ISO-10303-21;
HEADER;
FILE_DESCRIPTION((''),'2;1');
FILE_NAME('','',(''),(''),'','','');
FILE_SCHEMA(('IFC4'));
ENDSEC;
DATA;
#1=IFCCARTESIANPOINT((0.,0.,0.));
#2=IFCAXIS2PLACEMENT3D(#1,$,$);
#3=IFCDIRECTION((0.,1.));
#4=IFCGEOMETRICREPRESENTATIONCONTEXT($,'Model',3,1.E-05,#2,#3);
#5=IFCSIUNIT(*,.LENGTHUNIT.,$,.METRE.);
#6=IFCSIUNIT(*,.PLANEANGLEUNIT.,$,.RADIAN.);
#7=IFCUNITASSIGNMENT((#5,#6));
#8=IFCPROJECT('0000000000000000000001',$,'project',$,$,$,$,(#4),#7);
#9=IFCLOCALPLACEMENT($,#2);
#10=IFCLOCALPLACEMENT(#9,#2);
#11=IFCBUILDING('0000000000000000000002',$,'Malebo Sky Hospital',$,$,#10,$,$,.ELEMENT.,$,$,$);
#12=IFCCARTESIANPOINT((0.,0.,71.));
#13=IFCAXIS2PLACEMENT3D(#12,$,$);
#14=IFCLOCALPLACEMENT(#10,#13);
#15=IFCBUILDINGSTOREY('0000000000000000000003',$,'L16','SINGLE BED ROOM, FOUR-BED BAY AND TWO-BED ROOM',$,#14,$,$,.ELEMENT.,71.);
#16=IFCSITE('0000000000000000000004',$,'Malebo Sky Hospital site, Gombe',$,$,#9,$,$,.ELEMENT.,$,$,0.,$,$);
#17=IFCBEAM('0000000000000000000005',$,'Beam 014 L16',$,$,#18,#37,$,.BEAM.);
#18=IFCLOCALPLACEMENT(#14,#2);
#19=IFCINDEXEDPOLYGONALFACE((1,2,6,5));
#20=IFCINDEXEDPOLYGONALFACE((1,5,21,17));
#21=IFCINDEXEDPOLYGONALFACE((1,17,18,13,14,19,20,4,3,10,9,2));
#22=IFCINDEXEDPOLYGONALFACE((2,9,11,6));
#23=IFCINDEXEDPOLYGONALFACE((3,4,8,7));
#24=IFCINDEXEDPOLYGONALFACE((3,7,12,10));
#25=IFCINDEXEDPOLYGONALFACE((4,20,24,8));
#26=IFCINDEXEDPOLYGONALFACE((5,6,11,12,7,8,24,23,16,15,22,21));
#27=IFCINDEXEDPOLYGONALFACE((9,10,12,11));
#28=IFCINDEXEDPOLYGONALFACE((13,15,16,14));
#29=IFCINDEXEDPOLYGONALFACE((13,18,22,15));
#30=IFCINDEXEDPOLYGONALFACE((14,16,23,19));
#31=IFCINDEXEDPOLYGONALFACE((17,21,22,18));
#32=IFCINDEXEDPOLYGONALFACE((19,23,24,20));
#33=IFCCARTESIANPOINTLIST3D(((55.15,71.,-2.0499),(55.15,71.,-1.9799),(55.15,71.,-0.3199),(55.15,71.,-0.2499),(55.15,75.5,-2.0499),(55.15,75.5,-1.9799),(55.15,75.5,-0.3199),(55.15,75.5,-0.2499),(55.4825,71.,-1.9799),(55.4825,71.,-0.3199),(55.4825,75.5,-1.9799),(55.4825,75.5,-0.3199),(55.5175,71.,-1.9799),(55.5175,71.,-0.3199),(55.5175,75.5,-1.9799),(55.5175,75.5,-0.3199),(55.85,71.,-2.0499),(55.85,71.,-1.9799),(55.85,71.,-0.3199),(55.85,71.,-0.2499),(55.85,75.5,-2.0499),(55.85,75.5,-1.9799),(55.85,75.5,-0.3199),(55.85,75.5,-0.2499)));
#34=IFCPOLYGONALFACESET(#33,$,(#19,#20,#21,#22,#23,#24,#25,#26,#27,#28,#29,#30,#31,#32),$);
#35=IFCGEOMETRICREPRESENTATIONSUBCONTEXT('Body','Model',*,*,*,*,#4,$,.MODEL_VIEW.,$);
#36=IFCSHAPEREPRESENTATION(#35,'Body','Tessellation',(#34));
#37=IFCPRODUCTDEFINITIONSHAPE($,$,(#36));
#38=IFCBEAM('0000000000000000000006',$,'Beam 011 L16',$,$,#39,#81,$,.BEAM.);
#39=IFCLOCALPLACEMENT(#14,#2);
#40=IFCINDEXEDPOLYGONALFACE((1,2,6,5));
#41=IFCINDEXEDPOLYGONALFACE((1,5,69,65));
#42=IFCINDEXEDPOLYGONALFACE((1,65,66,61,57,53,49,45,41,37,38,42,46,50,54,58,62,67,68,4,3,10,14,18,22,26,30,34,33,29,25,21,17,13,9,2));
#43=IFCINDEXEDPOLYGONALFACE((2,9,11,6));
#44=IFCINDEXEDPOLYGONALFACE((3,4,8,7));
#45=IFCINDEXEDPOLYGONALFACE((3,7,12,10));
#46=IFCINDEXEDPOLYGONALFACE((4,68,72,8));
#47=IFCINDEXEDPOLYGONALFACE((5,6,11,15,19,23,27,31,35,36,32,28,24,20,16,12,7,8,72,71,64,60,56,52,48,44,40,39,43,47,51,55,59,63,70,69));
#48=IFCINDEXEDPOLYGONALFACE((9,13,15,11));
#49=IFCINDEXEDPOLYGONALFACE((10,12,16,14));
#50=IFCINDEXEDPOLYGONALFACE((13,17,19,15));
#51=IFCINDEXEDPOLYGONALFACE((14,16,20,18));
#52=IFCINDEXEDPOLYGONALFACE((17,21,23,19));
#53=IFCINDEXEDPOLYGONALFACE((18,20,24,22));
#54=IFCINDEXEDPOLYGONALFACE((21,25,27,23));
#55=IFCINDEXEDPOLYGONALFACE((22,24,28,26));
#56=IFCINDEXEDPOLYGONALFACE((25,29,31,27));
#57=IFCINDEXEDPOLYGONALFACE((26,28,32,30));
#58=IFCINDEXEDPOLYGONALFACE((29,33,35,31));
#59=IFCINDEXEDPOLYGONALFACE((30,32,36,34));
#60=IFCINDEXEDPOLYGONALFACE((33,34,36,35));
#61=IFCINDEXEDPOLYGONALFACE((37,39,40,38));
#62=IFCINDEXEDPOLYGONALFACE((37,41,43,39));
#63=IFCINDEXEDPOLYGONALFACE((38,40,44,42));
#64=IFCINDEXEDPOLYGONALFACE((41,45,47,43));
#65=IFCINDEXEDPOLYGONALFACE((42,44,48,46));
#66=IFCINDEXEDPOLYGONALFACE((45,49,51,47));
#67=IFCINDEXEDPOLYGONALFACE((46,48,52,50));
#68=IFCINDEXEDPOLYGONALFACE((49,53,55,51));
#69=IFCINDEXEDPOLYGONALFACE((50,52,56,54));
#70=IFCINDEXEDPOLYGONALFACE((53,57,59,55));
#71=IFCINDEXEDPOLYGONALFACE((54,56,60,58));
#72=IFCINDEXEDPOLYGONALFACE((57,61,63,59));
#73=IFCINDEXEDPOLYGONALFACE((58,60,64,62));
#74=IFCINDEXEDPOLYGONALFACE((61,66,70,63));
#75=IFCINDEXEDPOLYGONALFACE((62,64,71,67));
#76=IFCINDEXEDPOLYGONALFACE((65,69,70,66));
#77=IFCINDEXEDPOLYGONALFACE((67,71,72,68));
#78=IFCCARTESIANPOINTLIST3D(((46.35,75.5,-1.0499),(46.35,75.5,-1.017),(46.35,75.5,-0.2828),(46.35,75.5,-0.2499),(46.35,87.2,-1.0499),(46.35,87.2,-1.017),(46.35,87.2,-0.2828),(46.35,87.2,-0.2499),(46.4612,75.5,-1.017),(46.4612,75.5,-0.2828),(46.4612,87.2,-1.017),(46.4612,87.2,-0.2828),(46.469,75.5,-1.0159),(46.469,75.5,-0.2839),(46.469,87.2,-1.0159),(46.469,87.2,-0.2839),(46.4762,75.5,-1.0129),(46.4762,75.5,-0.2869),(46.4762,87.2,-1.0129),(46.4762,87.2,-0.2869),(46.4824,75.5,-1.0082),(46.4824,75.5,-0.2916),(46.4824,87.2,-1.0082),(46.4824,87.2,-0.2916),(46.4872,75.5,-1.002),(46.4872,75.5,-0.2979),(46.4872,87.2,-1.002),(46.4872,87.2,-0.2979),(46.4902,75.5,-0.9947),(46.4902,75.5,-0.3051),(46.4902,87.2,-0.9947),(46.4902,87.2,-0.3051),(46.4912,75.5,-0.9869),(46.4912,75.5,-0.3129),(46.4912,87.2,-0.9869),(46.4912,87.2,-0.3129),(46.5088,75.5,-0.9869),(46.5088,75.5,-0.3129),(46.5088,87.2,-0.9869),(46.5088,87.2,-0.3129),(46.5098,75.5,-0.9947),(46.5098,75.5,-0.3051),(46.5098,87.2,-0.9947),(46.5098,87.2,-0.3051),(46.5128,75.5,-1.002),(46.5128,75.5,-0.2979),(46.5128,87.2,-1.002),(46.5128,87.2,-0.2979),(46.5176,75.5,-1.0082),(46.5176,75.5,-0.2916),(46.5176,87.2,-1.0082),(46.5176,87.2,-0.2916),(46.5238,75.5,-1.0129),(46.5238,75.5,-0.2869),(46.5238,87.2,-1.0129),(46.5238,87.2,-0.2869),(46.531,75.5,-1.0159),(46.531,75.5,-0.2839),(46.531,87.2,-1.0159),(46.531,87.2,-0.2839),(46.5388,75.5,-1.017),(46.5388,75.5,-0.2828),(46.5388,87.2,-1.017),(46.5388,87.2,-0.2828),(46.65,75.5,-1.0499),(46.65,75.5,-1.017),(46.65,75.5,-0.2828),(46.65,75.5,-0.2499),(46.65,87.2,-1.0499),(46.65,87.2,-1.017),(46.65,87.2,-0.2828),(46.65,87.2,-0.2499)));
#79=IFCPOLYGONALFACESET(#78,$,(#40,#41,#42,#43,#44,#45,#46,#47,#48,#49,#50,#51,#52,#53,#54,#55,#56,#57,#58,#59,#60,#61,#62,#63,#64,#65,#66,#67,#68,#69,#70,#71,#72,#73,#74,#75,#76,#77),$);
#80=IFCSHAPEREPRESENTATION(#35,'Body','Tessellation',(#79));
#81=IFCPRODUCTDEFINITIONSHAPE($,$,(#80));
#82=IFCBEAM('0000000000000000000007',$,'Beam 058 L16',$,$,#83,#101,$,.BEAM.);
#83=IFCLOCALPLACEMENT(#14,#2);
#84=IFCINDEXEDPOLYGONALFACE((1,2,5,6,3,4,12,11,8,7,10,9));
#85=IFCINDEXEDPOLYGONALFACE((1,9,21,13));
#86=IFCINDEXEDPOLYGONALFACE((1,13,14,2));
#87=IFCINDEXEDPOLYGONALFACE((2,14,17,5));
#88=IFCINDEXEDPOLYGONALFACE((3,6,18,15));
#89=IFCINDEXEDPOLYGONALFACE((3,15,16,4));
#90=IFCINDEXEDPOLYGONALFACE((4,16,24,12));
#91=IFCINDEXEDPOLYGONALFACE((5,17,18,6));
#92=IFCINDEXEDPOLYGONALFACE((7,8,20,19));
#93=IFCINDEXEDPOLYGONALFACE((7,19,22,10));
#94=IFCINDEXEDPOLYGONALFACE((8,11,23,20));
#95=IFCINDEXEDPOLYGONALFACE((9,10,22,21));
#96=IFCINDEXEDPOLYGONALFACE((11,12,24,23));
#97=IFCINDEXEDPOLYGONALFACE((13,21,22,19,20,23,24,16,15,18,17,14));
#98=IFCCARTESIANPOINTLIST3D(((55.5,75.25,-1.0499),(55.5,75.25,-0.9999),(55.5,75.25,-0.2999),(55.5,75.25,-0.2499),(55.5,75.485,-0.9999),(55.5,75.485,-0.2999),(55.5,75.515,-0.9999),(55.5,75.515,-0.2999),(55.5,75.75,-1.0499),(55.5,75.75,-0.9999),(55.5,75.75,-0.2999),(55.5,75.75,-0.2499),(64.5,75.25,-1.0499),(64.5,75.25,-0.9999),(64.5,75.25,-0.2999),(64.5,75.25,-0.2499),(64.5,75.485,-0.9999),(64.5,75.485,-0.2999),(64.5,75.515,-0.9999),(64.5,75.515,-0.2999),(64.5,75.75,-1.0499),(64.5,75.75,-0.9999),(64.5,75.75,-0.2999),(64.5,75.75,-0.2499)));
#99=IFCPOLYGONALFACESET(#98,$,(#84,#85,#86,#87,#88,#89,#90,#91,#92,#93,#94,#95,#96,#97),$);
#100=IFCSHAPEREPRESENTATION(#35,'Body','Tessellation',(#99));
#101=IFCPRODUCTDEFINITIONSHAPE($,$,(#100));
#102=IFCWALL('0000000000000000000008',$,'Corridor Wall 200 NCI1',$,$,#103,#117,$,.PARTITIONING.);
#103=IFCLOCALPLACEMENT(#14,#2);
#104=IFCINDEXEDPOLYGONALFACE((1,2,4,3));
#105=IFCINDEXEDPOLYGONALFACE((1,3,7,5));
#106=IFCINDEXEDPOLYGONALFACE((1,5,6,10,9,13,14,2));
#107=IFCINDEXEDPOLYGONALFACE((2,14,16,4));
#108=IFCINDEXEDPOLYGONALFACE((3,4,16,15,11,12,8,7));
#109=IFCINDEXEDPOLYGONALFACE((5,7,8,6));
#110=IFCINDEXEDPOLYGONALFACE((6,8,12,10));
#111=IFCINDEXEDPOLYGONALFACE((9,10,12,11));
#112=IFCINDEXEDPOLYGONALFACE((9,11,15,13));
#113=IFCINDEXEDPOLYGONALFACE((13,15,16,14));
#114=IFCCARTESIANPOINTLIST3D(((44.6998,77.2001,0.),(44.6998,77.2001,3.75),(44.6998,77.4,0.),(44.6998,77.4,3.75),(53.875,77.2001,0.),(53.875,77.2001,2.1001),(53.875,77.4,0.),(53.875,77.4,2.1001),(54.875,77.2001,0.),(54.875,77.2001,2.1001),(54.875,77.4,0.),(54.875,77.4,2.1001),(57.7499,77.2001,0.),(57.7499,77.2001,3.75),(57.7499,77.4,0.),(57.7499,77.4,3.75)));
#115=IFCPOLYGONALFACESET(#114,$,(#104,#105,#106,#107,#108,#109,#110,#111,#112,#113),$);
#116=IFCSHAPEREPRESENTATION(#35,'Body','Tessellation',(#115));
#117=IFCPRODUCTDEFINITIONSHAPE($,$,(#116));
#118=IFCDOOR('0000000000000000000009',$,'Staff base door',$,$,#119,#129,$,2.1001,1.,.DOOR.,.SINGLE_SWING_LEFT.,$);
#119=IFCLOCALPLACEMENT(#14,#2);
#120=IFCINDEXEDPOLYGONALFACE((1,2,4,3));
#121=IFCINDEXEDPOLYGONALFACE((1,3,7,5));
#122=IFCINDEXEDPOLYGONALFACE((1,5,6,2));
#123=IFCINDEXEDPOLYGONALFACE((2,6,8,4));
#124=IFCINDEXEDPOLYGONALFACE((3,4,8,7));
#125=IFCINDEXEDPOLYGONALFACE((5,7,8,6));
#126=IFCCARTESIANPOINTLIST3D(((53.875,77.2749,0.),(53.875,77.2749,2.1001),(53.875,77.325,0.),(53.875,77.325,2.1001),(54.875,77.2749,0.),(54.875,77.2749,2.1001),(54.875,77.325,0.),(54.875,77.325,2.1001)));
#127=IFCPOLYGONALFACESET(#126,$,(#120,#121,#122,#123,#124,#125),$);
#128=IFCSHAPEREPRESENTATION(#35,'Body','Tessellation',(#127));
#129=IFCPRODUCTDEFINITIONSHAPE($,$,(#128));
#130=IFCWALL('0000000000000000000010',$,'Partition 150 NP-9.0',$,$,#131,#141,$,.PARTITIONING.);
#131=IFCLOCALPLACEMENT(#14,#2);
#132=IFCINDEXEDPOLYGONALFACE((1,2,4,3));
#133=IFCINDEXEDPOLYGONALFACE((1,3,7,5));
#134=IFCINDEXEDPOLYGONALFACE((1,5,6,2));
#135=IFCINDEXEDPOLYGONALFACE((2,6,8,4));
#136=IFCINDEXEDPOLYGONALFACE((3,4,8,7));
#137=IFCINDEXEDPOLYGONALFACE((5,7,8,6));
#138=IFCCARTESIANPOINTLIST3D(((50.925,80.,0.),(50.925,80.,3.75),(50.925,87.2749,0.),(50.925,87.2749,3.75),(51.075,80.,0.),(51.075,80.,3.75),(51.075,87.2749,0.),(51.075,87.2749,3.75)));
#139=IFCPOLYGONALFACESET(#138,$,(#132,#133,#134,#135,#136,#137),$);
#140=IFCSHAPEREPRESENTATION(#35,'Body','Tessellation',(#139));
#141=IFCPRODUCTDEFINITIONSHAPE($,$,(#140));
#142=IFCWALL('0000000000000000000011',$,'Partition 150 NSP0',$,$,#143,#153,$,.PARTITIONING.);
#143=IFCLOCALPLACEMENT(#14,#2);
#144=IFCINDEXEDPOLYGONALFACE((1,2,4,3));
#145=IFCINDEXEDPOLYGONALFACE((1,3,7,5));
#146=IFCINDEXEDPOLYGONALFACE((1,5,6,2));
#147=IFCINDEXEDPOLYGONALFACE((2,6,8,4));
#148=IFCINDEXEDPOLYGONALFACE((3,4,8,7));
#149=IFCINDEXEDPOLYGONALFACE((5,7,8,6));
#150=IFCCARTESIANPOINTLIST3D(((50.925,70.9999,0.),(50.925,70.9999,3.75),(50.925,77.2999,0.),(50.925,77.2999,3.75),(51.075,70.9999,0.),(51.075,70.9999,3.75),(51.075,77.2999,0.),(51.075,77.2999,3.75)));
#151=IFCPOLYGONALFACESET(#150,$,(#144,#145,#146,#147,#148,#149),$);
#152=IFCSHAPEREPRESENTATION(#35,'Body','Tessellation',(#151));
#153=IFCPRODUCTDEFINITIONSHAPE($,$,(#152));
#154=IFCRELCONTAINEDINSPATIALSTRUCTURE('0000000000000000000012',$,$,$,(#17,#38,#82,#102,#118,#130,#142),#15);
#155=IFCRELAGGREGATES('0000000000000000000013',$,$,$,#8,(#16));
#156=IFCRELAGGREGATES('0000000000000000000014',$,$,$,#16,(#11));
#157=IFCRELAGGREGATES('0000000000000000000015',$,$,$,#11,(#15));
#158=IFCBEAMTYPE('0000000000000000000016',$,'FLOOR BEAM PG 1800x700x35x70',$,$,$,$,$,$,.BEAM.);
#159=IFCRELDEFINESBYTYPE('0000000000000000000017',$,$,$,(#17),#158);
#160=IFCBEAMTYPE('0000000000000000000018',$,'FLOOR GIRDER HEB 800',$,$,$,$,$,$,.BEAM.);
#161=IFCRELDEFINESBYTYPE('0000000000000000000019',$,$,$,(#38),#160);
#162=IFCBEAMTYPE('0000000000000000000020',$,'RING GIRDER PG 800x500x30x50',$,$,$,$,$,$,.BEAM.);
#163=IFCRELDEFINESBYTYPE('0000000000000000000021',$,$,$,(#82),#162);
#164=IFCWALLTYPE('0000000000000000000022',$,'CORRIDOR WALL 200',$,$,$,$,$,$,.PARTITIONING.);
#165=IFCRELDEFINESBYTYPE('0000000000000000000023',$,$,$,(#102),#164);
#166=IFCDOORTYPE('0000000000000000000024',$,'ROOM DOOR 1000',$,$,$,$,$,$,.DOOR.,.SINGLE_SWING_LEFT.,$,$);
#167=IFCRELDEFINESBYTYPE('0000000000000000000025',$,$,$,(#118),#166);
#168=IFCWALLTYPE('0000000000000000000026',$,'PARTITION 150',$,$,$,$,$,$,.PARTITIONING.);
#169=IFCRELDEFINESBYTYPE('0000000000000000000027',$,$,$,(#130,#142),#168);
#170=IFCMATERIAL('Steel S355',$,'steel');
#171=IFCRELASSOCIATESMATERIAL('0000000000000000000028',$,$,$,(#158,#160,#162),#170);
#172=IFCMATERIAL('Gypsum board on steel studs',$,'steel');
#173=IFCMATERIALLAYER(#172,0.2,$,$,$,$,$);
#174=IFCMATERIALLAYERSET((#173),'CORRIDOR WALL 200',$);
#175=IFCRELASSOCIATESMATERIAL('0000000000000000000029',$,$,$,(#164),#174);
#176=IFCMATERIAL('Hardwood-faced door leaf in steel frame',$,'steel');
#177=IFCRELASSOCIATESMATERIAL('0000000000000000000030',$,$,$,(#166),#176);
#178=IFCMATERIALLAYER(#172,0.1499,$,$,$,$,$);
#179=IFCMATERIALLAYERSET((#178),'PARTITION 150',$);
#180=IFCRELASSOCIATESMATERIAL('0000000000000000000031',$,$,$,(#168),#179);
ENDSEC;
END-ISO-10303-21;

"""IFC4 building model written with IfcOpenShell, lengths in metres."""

from ifc_helpers import new_model, si_unit, direction, frame, frame_2d, origin, origin_2d, place, context, subcontext, project, spatial, rectangle, i_section, extrude, material, layer, layer_set, material_profile, profile_set, type_object, element, fill, save


model = new_model("IFC4")

# Units and contexts
model_context = context("Model", 3, precision=1e-05, world=origin(), true_north=direction((0.0, 1.0)))
body_context = subcontext(model_context, "Body", "Model", "MODEL_VIEW")
ifc_project = project(units=[si_unit("LENGTHUNIT", "METRE"), si_unit("PLANEANGLEUNIT", "RADIAN")], contexts=[model_context])

# Site, building, storey
site_placement = place(None, origin())
site = spatial("IfcSite", under=ifc_project, at=site_placement, Name="Malebo Sky Hospital site, Gombe", CompositionType="ELEMENT", RefElevation=0.0)
building_placement = place(site_placement, origin())
building = spatial("IfcBuilding", under=site, at=building_placement, Name="Malebo Sky Hospital", CompositionType="ELEMENT")
storey_placement = place(building_placement, frame((0.0, 0.0, 71.0)))
storey = spatial("IfcBuildingStorey", under=building, at=storey_placement, Name="L16", Description="SINGLE BED ROOM, FOUR-BED BAY AND TWO-BED ROOM", CompositionType="ELEMENT", Elevation=71.0)

# Beams
ifc_material_1 = material(Name="Steel S355", Category="steel")
ifc_material_profile_1 = material_profile(ifc_material_1, i_section(OverallWidth=0.7, OverallDepth=1.8, WebThickness=0.0349, FlangeThickness=0.0701, at=origin_2d()), Name="PG 1800x700x35x70")
ifc_profile_set_1 = profile_set([ifc_material_profile_1], Name="Steel S355")
beam_type_1 = type_object("IfcBeamType", Name="FLOOR BEAM PG 1800x700x35x70", PredefinedType="BEAM", material=ifc_profile_set_1)
beam_1_placement = place(storey_placement, frame((55.5, 71.0, -1.1499), z_axis=(0.0, 1.0, 0.0), x_axis=(-1.0, 0.0, 0.0)))
element("IfcBeam", 1, at=beam_1_placement, inside=storey, type_object=beam_type_1, Name="Beam 014 L16", PredefinedType="BEAM", context=body_context, shape_type="SweptSolid", body=[
    extrude(i_section(OverallWidth=0.7, OverallDepth=1.8, WebThickness=0.0349, FlangeThickness=0.0701, at=origin_2d()), origin(), (0.0, 0.0, 1.0), 4.5),
])
ifc_material_profile_2 = material_profile(ifc_material_1, i_section(OverallWidth=0.3, OverallDepth=0.8, WebThickness=0.0176, FlangeThickness=0.033, FilletRadius=0.03, at=origin_2d()), Name="HEB 800")
ifc_profile_set_2 = profile_set([ifc_material_profile_2], Name="Steel S355")
beam_type_2 = type_object("IfcBeamType", Name="FLOOR GIRDER HEB 800", PredefinedType="BEAM", material=ifc_profile_set_2)
beam_2_placement = place(storey_placement, frame((46.5, 75.5, -0.6499), z_axis=(0.0, 1.0, 0.0), x_axis=(-1.0, 0.0, 0.0)))
element("IfcBeam", 2, at=beam_2_placement, inside=storey, type_object=beam_type_2, Name="Beam 011 L16", PredefinedType="BEAM", context=body_context, shape_type="SweptSolid", body=[
    extrude(i_section(OverallWidth=0.3, OverallDepth=0.8, WebThickness=0.0176, FlangeThickness=0.033, FilletRadius=0.03, at=origin_2d()), origin(), (0.0, 0.0, 1.0), 11.7),
])
ifc_material_profile_3 = material_profile(ifc_material_1, i_section(OverallWidth=0.5, OverallDepth=0.8, WebThickness=0.03, FlangeThickness=0.05, at=origin_2d()), Name="PG 800x500x30x50")
ifc_profile_set_3 = profile_set([ifc_material_profile_3], Name="Steel S355")
beam_type_3 = type_object("IfcBeamType", Name="RING GIRDER PG 800x500x30x50", PredefinedType="BEAM", material=ifc_profile_set_3)
beam_3_placement = place(storey_placement, frame((55.5, 75.5, -0.6499), z_axis=(1.0, 0.0, 0.0), x_axis=(0.0, 1.0, 0.0)))
element("IfcBeam", 3, at=beam_3_placement, inside=storey, type_object=beam_type_3, Name="Beam 058 L16", PredefinedType="BEAM", context=body_context, shape_type="SweptSolid", body=[
    extrude(i_section(OverallWidth=0.5, OverallDepth=0.8, WebThickness=0.03, FlangeThickness=0.05, at=origin_2d()), origin(), (0.0, 0.0, 1.0), 9.0),
])

# Wall, opening, door
ifc_material_2 = material(Name="Gypsum board on steel studs", Category="steel")
ifc_layer_1 = layer(ifc_material_2, 0.2)
ifc_layer_set_1 = layer_set([ifc_layer_1], Name="CORRIDOR WALL 200")
wall_type_1 = type_object("IfcWallType", Name="CORRIDOR WALL 200", PredefinedType="PARTITIONING", material=ifc_layer_set_1)
wall_1_placement = place(storey_placement, frame((44.7, 77.3, 0.0), z_axis=(0.0, 0.0, 1.0), x_axis=(1.0, 0.0, 0.0)))
wall_1 = element("IfcWall", 4, at=wall_1_placement, inside=storey, type_object=wall_type_1, Name="Corridor Wall 200 NCI1", PredefinedType="PARTITIONING", context=body_context, shape_type="SweptSolid", body=[
    extrude(rectangle(XDim=13.05, YDim=0.2, at=frame_2d((6.5249, 0.0))), origin(), (0.0, 0.0, 1.0), 3.75),
])
opening_1_placement = place(wall_1_placement, frame((9.175, 0.0, 0.0)))
opening_1 = element("IfcOpeningElement", 5, at=opening_1_placement, cuts=wall_1, PredefinedType="OPENING", context=body_context, shape_type="SweptSolid", body=[
    extrude(rectangle(XDim=1.0, YDim=2.1001, at=frame_2d((0.5, 1.05))), frame((0.0, 0.1099, 0.0), z_axis=(0.0, -1.0, 0.0), x_axis=(1.0, 0.0, 0.0)), (0.0, 0.0, 1.0), 0.22),
])
ifc_material_3 = material(Name="Hardwood-faced door leaf in steel frame", Category="steel")
door_type_1 = type_object("IfcDoorType", Name="ROOM DOOR 1000", OperationType="SINGLE_SWING_LEFT", PredefinedType="DOOR", material=ifc_material_3)
door_1_placement = place(opening_1_placement, origin())
door_1 = element("IfcDoor", 6, at=door_1_placement, inside=storey, type_object=door_type_1, Name="Staff base door", OperationType="SINGLE_SWING_LEFT", OverallHeight=2.1001, OverallWidth=1.0, PredefinedType="DOOR", context=body_context, shape_type="SweptSolid", body=[
    extrude(rectangle(XDim=1.0, YDim=2.1001, at=frame_2d((0.5, 1.05))), frame((0.0, 0.0249, 0.0), z_axis=(0.0, -1.0, 0.0), x_axis=(1.0, 0.0, 0.0)), (0.0, 0.0, 1.0), 0.05),
])
fill(opening_1, door_1)

# Walls
ifc_layer_2 = layer(ifc_material_2, 0.1499)
ifc_layer_set_2 = layer_set([ifc_layer_2], Name="PARTITION 150")
wall_type_2 = type_object("IfcWallType", Name="PARTITION 150", PredefinedType="PARTITIONING", material=ifc_layer_set_2)
wall_2_placement = place(storey_placement, frame((51.0, 80.0, 0.0), z_axis=(0.0, 0.0, 1.0), x_axis=(0.0, 1.0, 0.0)))
element("IfcWall", 7, at=wall_2_placement, inside=storey, type_object=wall_type_2, Name="Partition 150 NP-9.0", PredefinedType="PARTITIONING", context=body_context, shape_type="SweptSolid", body=[
    extrude(rectangle(XDim=7.2749, YDim=0.1499, at=frame_2d((3.6375, 0.0))), origin(), (0.0, 0.0, 1.0), 3.75),
])
wall_3_placement = place(storey_placement, frame((51.0, 71.0, 0.0), z_axis=(0.0, 0.0, 1.0), x_axis=(0.0, 1.0, 0.0)))
element("IfcWall", 8, at=wall_3_placement, inside=storey, type_object=wall_type_2, Name="Partition 150 NSP0", PredefinedType="PARTITIONING", context=body_context, shape_type="SweptSolid", body=[
    extrude(rectangle(XDim=6.3, YDim=0.1499, at=frame_2d((3.1499, 0.0))), origin(), (0.0, 0.0, 1.0), 3.75),
])

save(model, "model.ifc")
